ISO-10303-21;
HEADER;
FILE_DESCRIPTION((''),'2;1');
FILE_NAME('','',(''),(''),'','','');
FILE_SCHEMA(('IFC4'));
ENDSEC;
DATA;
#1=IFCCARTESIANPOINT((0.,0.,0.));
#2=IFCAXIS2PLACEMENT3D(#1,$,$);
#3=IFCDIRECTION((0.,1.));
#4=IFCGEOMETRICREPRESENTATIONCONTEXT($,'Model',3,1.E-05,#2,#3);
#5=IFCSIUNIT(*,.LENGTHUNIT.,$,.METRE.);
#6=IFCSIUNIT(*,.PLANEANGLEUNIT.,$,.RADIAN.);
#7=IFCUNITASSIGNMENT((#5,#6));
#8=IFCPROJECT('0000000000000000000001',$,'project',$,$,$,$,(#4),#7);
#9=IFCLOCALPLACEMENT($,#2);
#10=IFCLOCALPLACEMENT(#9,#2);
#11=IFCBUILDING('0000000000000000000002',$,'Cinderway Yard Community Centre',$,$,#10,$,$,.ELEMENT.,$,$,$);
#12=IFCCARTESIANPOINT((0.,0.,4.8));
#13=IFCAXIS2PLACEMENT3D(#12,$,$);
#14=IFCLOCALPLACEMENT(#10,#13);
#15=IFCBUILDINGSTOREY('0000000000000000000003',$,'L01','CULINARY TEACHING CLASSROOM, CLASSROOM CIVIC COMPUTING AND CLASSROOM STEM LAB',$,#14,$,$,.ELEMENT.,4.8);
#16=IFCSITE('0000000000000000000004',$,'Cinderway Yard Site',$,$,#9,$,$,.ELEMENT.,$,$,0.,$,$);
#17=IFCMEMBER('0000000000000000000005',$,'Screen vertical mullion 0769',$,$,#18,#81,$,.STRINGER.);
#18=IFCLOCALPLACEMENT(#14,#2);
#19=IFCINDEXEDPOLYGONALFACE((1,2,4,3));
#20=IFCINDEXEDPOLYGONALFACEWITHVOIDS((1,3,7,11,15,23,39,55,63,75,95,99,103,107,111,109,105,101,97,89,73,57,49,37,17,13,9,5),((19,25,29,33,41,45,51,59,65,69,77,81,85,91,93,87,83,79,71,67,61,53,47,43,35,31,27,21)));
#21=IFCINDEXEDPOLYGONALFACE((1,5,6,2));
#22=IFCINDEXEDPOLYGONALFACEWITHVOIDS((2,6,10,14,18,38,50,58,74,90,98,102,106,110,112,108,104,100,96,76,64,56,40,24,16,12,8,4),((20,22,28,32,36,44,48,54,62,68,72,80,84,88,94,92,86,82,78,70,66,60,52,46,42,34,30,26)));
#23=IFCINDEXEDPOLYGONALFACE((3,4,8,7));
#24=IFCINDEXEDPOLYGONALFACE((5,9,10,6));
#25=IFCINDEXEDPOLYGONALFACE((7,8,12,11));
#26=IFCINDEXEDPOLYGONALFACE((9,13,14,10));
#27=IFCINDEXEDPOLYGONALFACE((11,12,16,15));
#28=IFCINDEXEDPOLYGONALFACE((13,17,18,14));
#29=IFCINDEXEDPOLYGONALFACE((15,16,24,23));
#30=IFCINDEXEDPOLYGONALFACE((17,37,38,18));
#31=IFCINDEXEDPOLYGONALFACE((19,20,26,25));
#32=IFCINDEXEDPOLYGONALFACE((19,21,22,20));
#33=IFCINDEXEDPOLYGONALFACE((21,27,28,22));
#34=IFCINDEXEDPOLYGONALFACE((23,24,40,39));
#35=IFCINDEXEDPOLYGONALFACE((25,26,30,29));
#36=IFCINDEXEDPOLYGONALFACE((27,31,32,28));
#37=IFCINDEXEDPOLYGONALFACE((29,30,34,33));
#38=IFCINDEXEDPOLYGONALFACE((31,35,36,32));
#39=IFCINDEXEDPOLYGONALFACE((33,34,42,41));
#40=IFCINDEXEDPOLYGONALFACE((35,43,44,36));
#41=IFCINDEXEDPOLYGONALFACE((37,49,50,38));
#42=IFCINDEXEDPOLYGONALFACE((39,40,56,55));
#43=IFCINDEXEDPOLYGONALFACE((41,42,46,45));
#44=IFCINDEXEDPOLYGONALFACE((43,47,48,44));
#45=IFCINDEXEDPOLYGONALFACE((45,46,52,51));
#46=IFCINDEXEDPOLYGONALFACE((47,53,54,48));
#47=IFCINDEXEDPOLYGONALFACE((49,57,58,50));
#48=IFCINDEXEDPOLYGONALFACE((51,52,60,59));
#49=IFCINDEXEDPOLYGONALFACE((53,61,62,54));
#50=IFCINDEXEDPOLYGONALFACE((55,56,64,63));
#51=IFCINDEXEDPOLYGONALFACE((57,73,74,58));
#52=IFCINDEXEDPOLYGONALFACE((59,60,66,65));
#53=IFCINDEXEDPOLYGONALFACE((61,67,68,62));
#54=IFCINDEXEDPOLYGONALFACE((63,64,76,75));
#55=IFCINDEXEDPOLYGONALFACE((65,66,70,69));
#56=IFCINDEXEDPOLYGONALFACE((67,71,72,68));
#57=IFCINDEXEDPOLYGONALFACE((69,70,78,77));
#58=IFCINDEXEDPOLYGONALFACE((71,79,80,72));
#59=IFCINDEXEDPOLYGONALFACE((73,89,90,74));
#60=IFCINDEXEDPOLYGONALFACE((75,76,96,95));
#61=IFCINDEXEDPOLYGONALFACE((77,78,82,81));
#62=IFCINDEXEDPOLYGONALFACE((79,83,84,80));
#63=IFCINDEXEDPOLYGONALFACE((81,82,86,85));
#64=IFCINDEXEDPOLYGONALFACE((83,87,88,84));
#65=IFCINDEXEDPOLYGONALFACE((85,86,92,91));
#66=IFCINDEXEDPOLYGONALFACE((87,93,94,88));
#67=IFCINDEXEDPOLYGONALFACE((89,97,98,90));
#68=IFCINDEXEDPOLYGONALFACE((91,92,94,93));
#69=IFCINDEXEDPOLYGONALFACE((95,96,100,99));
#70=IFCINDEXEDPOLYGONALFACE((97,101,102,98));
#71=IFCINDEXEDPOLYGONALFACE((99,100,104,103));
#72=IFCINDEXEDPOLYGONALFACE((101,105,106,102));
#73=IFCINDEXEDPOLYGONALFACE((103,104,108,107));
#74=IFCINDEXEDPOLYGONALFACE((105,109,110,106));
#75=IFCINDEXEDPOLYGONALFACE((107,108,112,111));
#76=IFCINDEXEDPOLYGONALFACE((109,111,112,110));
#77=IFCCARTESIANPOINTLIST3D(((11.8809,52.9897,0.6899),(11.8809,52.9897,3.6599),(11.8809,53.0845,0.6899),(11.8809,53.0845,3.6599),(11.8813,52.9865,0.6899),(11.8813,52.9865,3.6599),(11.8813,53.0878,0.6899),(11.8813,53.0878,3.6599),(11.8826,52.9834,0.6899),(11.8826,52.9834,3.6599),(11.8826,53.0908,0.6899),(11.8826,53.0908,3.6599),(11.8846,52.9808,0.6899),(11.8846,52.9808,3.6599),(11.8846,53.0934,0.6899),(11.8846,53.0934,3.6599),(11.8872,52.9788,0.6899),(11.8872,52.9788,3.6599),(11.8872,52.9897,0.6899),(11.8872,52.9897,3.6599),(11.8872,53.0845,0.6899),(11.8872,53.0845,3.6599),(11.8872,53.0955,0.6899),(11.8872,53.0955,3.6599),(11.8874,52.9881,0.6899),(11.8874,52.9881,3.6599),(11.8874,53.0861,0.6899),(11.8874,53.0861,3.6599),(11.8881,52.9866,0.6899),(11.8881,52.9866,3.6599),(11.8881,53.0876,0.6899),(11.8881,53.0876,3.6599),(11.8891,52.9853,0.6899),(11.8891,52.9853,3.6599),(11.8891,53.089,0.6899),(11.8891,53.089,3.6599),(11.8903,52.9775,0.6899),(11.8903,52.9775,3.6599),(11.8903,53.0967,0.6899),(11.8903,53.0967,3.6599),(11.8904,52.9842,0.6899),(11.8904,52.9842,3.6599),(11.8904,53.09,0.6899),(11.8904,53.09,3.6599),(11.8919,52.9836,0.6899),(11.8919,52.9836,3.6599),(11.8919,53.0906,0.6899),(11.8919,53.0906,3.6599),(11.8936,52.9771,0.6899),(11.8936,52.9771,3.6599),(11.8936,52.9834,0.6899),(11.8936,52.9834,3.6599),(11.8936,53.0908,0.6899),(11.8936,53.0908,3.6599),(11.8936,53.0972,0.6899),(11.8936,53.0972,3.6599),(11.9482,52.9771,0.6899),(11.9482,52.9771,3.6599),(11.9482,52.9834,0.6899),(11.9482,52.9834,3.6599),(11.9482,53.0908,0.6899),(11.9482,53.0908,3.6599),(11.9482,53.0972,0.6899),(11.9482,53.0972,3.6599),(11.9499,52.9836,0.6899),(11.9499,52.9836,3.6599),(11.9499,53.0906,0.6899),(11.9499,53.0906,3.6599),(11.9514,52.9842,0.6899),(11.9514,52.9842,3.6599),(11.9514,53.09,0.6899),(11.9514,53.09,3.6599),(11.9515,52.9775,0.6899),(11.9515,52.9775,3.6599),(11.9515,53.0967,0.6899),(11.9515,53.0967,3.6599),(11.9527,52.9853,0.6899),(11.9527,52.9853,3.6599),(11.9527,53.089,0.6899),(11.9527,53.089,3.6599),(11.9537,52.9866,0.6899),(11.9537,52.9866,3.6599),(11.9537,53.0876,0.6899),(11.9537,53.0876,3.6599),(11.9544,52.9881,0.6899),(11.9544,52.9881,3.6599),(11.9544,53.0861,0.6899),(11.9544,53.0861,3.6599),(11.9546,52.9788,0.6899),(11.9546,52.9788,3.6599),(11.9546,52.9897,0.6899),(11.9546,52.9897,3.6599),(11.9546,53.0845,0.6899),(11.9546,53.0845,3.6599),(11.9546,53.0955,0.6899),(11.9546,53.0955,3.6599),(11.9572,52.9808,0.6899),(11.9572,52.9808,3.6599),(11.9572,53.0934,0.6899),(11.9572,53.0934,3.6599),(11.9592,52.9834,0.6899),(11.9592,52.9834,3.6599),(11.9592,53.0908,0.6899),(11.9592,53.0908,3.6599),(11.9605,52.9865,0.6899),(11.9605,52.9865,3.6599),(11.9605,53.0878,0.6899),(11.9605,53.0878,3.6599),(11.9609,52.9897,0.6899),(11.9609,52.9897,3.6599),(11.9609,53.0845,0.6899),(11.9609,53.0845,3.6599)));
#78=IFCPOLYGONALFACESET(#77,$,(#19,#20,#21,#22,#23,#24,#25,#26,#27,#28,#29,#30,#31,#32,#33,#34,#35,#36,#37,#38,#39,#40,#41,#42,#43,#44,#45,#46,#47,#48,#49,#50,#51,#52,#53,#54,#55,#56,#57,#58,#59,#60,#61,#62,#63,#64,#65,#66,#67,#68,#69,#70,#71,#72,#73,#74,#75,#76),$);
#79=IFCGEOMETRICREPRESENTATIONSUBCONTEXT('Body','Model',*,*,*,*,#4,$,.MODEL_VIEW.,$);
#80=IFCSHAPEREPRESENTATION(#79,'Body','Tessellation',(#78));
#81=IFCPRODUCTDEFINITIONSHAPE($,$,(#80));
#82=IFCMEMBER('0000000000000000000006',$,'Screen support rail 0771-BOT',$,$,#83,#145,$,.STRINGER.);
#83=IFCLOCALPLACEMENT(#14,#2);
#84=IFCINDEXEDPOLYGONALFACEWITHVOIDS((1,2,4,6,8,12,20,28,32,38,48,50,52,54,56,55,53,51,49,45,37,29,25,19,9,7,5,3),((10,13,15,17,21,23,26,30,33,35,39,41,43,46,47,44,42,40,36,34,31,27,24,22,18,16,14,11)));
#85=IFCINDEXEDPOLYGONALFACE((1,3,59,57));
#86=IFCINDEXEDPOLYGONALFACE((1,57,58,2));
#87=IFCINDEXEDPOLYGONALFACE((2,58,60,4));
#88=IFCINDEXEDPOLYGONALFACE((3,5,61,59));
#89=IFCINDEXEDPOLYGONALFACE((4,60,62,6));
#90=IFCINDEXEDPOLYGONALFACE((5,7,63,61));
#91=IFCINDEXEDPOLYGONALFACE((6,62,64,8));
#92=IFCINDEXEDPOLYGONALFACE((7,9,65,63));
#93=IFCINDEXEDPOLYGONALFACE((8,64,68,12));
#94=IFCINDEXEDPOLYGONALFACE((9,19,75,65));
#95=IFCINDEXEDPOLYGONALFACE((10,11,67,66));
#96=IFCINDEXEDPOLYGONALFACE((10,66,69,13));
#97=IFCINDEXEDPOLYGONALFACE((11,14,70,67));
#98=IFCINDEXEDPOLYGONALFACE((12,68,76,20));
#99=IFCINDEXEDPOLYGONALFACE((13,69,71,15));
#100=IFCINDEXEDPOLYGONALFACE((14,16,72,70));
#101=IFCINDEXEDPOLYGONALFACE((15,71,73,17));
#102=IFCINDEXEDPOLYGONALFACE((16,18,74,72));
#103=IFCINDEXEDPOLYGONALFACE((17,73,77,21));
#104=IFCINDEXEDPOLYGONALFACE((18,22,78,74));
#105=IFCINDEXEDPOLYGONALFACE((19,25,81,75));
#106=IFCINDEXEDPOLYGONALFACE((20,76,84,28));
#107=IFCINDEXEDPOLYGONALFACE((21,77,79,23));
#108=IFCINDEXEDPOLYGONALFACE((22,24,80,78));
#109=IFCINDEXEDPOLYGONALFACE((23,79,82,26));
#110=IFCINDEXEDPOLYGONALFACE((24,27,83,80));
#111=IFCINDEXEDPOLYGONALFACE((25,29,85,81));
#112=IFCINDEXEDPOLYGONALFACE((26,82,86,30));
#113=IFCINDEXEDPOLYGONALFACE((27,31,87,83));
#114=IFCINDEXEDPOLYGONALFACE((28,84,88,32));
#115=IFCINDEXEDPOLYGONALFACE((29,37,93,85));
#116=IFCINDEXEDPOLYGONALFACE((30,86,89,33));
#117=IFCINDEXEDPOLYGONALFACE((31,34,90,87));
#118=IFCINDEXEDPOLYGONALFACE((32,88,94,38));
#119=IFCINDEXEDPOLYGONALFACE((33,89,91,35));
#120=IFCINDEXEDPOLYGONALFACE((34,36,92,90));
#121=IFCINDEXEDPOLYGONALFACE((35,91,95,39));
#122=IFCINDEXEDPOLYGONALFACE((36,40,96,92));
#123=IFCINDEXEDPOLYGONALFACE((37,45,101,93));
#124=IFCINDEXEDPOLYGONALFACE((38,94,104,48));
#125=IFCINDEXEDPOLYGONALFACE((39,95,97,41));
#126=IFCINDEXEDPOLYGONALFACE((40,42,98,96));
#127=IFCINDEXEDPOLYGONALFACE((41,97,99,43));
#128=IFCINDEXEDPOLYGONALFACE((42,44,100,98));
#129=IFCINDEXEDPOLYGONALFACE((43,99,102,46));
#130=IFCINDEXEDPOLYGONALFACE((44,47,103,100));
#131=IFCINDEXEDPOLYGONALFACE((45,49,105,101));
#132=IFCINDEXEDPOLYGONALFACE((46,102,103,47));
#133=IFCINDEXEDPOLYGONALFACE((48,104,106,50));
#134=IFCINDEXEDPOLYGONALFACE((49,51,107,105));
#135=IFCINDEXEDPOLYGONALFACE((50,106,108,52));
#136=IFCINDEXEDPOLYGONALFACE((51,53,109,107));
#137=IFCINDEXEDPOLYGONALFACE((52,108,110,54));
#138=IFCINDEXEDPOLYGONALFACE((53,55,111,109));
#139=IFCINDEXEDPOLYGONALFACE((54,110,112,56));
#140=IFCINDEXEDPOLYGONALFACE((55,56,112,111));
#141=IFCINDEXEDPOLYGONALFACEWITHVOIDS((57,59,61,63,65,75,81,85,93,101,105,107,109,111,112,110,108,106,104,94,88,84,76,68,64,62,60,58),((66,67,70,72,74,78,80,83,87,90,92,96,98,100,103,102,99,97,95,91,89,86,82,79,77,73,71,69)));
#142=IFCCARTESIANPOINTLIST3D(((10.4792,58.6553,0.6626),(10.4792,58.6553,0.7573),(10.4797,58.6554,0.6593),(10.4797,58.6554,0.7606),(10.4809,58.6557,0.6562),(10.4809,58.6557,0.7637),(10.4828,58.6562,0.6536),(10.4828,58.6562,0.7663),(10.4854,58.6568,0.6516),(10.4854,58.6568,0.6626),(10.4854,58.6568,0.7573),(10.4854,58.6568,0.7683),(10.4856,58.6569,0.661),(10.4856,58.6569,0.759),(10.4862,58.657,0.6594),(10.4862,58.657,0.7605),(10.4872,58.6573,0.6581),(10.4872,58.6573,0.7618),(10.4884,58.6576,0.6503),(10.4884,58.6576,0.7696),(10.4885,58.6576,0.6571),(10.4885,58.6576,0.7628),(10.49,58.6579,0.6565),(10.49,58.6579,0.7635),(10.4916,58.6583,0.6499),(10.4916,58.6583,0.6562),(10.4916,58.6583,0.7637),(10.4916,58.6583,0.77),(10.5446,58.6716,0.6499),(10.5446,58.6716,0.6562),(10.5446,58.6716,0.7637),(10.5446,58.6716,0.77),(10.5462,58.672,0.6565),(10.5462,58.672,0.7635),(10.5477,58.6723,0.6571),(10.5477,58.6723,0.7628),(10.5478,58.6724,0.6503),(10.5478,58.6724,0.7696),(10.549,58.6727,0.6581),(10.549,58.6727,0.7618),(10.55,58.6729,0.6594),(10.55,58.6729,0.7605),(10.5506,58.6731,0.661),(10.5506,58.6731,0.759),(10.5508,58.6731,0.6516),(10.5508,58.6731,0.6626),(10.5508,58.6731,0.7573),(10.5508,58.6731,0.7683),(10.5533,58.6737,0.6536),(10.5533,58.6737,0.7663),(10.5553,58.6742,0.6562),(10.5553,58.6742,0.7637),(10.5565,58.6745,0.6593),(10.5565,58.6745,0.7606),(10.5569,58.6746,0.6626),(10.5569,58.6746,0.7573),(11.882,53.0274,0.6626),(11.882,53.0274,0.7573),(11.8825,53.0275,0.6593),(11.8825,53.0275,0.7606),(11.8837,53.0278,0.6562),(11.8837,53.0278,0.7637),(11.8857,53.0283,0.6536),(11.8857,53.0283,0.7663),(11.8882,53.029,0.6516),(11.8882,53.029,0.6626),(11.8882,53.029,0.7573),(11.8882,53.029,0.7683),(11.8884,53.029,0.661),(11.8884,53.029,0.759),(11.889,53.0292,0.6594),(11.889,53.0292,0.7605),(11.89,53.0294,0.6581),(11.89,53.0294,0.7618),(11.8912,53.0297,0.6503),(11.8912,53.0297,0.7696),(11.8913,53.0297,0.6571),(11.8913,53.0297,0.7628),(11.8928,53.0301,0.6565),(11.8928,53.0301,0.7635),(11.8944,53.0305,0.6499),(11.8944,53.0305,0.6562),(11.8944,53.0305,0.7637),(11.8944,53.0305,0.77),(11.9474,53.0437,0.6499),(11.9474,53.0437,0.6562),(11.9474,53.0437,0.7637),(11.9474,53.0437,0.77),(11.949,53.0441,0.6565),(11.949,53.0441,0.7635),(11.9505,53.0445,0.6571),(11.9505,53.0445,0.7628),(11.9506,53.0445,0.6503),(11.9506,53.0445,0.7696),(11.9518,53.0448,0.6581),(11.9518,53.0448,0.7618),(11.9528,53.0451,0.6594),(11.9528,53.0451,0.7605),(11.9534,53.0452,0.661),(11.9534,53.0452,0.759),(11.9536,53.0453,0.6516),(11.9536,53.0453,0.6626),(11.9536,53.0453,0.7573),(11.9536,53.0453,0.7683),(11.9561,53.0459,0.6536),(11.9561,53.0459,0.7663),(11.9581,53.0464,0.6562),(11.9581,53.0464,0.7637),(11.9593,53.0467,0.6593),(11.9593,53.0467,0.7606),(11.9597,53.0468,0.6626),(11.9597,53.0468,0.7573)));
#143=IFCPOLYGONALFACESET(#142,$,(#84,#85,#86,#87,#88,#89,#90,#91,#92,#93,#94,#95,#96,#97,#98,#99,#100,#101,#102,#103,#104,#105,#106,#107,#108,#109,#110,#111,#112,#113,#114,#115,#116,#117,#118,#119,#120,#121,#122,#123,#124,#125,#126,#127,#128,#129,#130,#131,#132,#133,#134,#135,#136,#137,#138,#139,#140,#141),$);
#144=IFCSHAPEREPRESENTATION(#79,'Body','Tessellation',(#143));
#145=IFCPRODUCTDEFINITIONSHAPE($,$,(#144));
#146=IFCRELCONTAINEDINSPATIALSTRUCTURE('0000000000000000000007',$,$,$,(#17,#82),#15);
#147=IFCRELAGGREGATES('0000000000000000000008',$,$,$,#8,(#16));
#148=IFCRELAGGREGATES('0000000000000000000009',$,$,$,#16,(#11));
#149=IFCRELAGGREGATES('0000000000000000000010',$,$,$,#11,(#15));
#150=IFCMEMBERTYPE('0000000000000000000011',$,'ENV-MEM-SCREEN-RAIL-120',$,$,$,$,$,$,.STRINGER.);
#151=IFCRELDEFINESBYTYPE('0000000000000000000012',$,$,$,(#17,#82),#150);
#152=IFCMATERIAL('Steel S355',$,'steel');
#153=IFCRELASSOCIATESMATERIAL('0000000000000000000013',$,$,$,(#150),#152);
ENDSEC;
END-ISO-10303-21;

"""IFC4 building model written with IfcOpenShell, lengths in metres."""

from ifc_helpers import new_model, si_unit, direction, frame, origin, origin_2d, place, context, subcontext, project, spatial, hollow_rectangle, extrude, material, material_profile, profile_set, type_object, element, save


model = new_model("IFC4")

# Units and contexts
model_context = context("Model", 3, precision=1e-05, world=origin(), true_north=direction((0.0, 1.0)))
body_context = subcontext(model_context, "Body", "Model", "MODEL_VIEW")
ifc_project = project(units=[si_unit("LENGTHUNIT", "METRE"), si_unit("PLANEANGLEUNIT", "RADIAN")], contexts=[model_context])

# Site, building, storey
site_placement = place(None, origin())
site = spatial("IfcSite", under=ifc_project, at=site_placement, Name="Cinderway Yard Site", CompositionType="ELEMENT", RefElevation=0.0)
building_placement = place(site_placement, origin())
building = spatial("IfcBuilding", under=site, at=building_placement, Name="Cinderway Yard Community Centre", CompositionType="ELEMENT")
storey_placement = place(building_placement, frame((0.0, 0.0, 4.8)))
storey = spatial("IfcBuildingStorey", under=building, at=storey_placement, Name="L01", Description="CULINARY TEACHING CLASSROOM, CLASSROOM CIVIC COMPUTING AND CLASSROOM STEM LAB", CompositionType="ELEMENT", Elevation=4.8)

# Members
ifc_material_1 = material(Name="Steel S355", Category="steel")
ifc_material_profile_1 = material_profile(ifc_material_1, hollow_rectangle(XDim=0.0801, YDim=0.1201, WallThickness=0.0063, InnerFilletRadius=0.0063, OuterFilletRadius=0.0127, at=origin_2d()), Name="Steel S355")
ifc_profile_set_1 = profile_set([ifc_material_profile_1], Name="Steel S355")
member_type_1 = type_object("IfcMemberType", Name="ENV-MEM-SCREEN-RAIL-120", PredefinedType="STRINGER", material=ifc_profile_set_1)
for number, where, z_axis, x_axis, name in (
    (1, (11.9209, 53.0371, 0.6899), (0.0, 0.0, 1.0), (1.0, 0.0, 0.0), "Screen vertical mullion 0769"),
):
    element("IfcMember", number, at=place(storey_placement, frame(where, z_axis=z_axis, x_axis=x_axis)), inside=storey, type_object=member_type_1, Name=name, PredefinedType="STRINGER", context=body_context, shape_type="SweptSolid", body=[
        extrude(hollow_rectangle(XDim=0.0801, YDim=0.1201, WallThickness=0.0063, InnerFilletRadius=0.0063, OuterFilletRadius=0.0127, at=origin_2d()), origin(), (0.0, 0.0, 1.0), 2.97),
    ])
for number, where, z_axis, x_axis, name in (
    (2, (11.9209, 53.0371, 0.71), (-0.241862, 0.970311, 0.0), (-0.970311, -0.241862, 0.0), "Screen support rail 0771-BOT"),
):
    element("IfcMember", number, at=place(storey_placement, frame(where, z_axis=z_axis, x_axis=x_axis)), inside=storey, type_object=member_type_1, Name=name, PredefinedType="STRINGER", context=body_context, shape_type="SweptSolid", body=[
        extrude(hollow_rectangle(XDim=0.0801, YDim=0.1201, WallThickness=0.0063, InnerFilletRadius=0.0063, OuterFilletRadius=0.0127, at=origin_2d()), origin(), (0.0, 0.0, 1.0), 5.8),
    ])

save(model, "model.ifc")
